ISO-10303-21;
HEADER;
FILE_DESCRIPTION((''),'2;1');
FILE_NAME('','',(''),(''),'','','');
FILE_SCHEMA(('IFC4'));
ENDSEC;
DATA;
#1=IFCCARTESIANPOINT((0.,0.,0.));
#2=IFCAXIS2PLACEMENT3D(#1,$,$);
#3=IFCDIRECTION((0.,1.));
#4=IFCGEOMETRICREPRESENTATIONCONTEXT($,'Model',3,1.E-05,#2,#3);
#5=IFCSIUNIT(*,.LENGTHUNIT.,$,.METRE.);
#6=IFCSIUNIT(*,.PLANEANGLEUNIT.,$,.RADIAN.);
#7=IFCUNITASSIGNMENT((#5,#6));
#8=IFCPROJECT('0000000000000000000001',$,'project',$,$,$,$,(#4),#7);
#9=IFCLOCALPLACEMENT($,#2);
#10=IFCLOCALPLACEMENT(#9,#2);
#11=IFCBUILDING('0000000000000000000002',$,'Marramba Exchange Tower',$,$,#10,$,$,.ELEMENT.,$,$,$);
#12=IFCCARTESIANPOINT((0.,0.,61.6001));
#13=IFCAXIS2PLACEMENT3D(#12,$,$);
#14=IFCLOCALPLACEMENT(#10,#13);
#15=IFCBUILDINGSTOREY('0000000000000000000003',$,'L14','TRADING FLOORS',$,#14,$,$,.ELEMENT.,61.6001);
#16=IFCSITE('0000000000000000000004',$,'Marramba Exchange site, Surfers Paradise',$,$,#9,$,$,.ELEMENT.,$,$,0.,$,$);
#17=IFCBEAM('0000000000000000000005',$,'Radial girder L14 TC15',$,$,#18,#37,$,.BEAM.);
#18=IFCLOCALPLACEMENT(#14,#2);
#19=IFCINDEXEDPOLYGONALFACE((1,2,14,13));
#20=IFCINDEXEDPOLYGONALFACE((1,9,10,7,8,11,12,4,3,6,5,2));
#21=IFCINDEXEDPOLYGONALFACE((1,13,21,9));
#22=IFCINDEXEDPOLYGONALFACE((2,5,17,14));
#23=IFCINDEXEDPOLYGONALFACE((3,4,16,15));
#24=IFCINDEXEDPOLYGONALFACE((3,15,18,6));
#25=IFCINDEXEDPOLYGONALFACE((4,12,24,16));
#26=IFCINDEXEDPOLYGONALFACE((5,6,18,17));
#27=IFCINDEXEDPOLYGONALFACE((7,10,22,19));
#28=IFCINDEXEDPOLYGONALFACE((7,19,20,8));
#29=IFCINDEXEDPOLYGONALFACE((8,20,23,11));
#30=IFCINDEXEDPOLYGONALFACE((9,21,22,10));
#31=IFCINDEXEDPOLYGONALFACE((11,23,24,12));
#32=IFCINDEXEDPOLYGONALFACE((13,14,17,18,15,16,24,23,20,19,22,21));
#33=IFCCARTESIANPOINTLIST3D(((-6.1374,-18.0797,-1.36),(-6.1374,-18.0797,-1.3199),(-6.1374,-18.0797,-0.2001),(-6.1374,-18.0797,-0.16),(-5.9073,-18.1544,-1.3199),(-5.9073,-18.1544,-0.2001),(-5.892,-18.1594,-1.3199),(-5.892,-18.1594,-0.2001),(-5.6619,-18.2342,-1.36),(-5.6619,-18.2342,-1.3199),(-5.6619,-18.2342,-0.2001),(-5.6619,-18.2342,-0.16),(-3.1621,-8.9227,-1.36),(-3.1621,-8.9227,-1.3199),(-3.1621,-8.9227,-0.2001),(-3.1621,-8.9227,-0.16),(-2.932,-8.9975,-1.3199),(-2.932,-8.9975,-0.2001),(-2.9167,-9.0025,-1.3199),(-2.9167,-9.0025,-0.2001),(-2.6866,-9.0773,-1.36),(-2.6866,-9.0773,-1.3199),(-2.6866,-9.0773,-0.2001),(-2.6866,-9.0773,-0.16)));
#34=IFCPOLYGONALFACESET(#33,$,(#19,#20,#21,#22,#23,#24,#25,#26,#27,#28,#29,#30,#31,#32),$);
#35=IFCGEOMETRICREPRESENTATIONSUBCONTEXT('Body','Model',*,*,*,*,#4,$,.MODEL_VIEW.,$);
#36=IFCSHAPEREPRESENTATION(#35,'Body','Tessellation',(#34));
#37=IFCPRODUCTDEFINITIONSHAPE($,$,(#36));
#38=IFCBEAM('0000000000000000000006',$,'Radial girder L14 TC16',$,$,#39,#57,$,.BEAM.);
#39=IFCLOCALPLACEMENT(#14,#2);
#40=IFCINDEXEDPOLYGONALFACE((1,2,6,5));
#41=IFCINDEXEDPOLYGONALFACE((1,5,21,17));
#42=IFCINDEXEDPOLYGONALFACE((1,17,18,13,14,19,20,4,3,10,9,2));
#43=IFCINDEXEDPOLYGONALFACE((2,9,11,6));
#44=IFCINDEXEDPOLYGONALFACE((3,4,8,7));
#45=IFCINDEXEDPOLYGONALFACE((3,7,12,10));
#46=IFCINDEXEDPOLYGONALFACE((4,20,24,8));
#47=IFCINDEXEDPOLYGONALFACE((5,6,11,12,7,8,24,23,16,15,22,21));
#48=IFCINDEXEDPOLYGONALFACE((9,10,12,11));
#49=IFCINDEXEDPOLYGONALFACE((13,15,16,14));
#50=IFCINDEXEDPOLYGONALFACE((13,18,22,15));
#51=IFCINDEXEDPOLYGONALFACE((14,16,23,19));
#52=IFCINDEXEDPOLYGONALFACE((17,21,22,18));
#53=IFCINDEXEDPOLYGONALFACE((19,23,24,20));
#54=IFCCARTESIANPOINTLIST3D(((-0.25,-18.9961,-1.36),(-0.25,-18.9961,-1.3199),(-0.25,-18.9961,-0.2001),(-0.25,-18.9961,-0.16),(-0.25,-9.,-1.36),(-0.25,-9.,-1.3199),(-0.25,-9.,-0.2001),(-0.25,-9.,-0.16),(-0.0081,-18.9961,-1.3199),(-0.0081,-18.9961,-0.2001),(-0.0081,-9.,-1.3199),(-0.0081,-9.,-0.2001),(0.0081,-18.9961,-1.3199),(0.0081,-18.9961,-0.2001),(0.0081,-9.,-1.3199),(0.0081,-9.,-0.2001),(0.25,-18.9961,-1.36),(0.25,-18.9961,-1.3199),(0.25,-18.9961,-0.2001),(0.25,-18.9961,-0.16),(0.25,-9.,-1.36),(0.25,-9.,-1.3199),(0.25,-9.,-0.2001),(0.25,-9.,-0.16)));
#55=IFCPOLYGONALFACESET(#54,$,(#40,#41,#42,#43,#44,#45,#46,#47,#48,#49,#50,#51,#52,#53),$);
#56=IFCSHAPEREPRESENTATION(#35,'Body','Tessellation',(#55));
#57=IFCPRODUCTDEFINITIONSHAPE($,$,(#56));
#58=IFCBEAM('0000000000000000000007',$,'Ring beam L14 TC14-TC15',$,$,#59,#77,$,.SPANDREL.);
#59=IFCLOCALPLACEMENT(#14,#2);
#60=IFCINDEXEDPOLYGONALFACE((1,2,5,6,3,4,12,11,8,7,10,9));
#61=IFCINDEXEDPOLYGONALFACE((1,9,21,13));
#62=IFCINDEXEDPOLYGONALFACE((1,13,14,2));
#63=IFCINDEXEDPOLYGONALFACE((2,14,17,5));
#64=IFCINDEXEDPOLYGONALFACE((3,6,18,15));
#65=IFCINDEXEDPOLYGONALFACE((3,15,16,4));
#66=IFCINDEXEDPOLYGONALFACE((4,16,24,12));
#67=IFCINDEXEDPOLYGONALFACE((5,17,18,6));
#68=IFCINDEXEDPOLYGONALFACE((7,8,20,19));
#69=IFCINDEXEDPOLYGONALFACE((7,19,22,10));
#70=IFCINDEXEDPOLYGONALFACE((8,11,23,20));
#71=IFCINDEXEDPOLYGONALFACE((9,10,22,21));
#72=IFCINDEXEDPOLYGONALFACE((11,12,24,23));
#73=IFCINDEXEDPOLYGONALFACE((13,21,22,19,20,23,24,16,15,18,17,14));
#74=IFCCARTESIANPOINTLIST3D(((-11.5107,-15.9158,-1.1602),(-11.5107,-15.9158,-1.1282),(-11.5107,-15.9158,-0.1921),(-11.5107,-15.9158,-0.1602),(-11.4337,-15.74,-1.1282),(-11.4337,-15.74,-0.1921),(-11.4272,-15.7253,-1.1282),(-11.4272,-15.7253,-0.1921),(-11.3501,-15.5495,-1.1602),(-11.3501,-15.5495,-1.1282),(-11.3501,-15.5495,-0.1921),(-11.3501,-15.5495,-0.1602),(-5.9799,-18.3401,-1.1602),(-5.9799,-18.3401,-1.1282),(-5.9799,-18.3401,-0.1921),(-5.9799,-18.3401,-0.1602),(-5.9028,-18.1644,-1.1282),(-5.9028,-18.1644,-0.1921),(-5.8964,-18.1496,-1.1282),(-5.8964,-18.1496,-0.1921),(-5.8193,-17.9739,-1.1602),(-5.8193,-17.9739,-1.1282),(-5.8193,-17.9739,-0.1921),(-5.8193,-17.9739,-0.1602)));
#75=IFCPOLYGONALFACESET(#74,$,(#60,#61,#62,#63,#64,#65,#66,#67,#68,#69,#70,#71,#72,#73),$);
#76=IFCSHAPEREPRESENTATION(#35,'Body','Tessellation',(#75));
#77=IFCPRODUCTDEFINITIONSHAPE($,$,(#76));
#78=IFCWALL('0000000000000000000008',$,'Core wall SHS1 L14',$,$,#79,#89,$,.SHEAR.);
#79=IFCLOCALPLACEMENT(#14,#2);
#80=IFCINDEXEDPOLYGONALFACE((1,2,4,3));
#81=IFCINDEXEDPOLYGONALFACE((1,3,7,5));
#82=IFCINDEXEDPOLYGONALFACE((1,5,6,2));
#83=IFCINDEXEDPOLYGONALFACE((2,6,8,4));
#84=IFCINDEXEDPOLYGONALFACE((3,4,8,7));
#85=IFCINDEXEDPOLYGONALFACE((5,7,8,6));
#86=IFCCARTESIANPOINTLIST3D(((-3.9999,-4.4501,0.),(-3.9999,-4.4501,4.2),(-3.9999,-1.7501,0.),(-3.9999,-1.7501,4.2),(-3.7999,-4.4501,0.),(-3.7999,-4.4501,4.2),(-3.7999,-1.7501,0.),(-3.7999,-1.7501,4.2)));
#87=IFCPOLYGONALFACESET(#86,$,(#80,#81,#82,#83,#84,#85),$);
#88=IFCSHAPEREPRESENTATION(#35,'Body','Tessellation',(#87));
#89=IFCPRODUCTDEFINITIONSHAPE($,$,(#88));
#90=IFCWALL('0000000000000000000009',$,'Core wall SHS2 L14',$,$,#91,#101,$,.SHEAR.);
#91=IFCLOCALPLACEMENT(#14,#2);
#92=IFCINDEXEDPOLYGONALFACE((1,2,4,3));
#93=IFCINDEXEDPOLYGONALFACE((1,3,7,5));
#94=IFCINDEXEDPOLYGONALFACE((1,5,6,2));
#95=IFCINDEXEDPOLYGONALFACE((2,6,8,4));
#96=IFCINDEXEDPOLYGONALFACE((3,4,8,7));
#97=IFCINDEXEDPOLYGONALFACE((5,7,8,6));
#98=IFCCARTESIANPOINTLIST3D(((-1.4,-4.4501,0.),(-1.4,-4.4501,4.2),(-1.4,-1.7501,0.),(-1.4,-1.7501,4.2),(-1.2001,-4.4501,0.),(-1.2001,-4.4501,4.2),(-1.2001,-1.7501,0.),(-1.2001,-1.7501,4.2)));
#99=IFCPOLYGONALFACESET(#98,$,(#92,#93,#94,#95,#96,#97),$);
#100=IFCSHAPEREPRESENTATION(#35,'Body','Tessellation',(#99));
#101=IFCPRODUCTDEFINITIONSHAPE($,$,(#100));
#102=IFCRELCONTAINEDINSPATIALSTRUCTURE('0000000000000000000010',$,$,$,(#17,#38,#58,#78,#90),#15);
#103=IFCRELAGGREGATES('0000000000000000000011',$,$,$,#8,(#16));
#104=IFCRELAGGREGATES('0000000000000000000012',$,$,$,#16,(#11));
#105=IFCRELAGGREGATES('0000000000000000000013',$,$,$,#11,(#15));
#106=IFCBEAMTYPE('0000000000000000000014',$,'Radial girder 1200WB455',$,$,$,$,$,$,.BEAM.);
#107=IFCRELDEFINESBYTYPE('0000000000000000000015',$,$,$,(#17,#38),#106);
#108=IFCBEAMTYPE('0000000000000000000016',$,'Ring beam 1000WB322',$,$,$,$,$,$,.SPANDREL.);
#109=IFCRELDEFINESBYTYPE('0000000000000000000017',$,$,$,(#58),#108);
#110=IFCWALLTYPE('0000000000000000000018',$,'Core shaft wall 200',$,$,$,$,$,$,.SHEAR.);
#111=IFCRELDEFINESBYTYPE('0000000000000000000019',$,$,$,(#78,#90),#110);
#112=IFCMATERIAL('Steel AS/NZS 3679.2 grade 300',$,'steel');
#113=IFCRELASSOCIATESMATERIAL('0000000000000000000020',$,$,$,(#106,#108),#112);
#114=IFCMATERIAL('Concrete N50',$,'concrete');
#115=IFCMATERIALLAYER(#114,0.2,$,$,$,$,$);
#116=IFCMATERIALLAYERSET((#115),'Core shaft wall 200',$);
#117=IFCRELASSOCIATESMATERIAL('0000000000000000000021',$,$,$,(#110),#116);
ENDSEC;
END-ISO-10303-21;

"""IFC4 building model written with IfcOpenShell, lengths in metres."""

from ifc_helpers import new_model, si_unit, direction, frame, frame_2d, origin, origin_2d, place, context, subcontext, project, spatial, rectangle, i_section, extrude, material, layer, layer_set, material_profile, profile_set, type_object, element, save


model = new_model("IFC4")

# Units and contexts
model_context = context("Model", 3, precision=1e-05, world=origin(), true_north=direction((0.0, 1.0)))
body_context = subcontext(model_context, "Body", "Model", "MODEL_VIEW")
ifc_project = project(units=[si_unit("LENGTHUNIT", "METRE"), si_unit("PLANEANGLEUNIT", "RADIAN")], contexts=[model_context])

# Site, building, storey
site_placement = place(None, origin())
site = spatial("IfcSite", under=ifc_project, at=site_placement, Name="Marramba Exchange site, Surfers Paradise", CompositionType="ELEMENT", RefElevation=0.0)
building_placement = place(site_placement, origin())
building = spatial("IfcBuilding", under=site, at=building_placement, Name="Marramba Exchange Tower", CompositionType="ELEMENT")
storey_placement = place(building_placement, frame((0.0, 0.0, 61.6001)))
storey = spatial("IfcBuildingStorey", under=building, at=storey_placement, Name="L14", Description="TRADING FLOORS", CompositionType="ELEMENT", Elevation=61.6001)

# Shared definitions
ifc_material_1 = material(Name="Concrete N50", Category="concrete")

# Beams
ifc_material_2 = material(Name="Steel AS/NZS 3679.2 grade 300", Category="steel")
ifc_material_profile_1 = material_profile(ifc_material_2, i_section(OverallWidth=0.5, OverallDepth=1.2, WebThickness=0.0161, FlangeThickness=0.04, at=origin_2d()), Name="1200WB455")
ifc_profile_set_1 = profile_set([ifc_material_profile_1], Name="Steel AS/NZS 3679.2 grade 300")
beam_type_1 = type_object("IfcBeamType", Name="Radial girder 1200WB455", PredefinedType="BEAM", material=ifc_profile_set_1)
beam_1_placement = place(storey_placement, frame((-2.9243, -9.0, -0.76), z_axis=(-0.309022, -0.951055, 0.0), x_axis=(0.951055, -0.309022, 0.0)))
element("IfcBeam", 1, at=beam_1_placement, inside=storey, type_object=beam_type_1, Name="Radial girder L14 TC15", PredefinedType="BEAM", context=body_context, shape_type="SweptSolid", body=[
    extrude(i_section(OverallWidth=0.5, OverallDepth=1.2, WebThickness=0.0161, FlangeThickness=0.04, at=origin_2d()), origin(), (0.0, 0.0, 1.0), 9.6282),
])
beam_2_placement = place(storey_placement, frame((0.0, -9.0, -0.76), z_axis=(0.0, -1.0, 0.0), x_axis=(1.0, 0.0, 0.0)))
element("IfcBeam", 2, at=beam_2_placement, inside=storey, type_object=beam_type_1, Name="Radial girder L14 TC16", PredefinedType="BEAM", context=body_context, shape_type="SweptSolid", body=[
    extrude(i_section(OverallWidth=0.5, OverallDepth=1.2, WebThickness=0.0161, FlangeThickness=0.04, at=origin_2d()), origin(), (0.0, 0.0, 1.0), 9.9961),
])
ifc_material_profile_2 = material_profile(ifc_material_2, i_section(OverallWidth=0.3999, OverallDepth=1.0, WebThickness=0.0161, FlangeThickness=0.032, at=origin_2d()), Name="1000WB322")
ifc_profile_set_2 = profile_set([ifc_material_profile_2], Name="Steel AS/NZS 3679.2 grade 300")
beam_type_2 = type_object("IfcBeamType", Name="Ring beam 1000WB322", PredefinedType="SPANDREL", material=ifc_profile_set_2)
beam_3_placement = place(storey_placement, frame((-11.4304, -15.7327, -0.6602), z_axis=(0.915877, -0.401459, 0.0), x_axis=(0.401459, 0.915877, 0.0)))
element("IfcBeam", 3, at=beam_3_placement, inside=storey, type_object=beam_type_2, Name="Ring beam L14 TC14-TC15", PredefinedType="SPANDREL", context=body_context, shape_type="SweptSolid", body=[
    extrude(i_section(OverallWidth=0.3999, OverallDepth=1.0, WebThickness=0.0161, FlangeThickness=0.032, at=origin_2d()), origin(), (0.0, 0.0, 1.0), 6.0388),
])

# Walls
ifc_layer_1 = layer(ifc_material_1, 0.2)
ifc_layer_set_1 = layer_set([ifc_layer_1], Name="Core shaft wall 200")
wall_type_1 = type_object("IfcWallType", Name="Core shaft wall 200", PredefinedType="SHEAR", material=ifc_layer_set_1)
for number, where, z_axis, x_axis, name in (
    (4, (-3.8999, -1.75, 0.0), (0.0, 0.0, 1.0), (0.0, -1.0, 0.0), "Core wall SHS1 L14"),
    (5, (-1.3, -1.75, 0.0), (0.0, 0.0, 1.0), (0.0, -1.0, 0.0), "Core wall SHS2 L14"),
):
    element("IfcWall", number, at=place(storey_placement, frame(where, z_axis=z_axis, x_axis=x_axis)), inside=storey, type_object=wall_type_1, Name=name, PredefinedType="SHEAR", context=body_context, shape_type="SweptSolid", body=[
        extrude(rectangle(XDim=2.7, YDim=0.2, at=frame_2d((1.3501, 0.0))), origin(), (0.0, 0.0, 1.0), 4.2),
    ])

save(model, "model.ifc")
